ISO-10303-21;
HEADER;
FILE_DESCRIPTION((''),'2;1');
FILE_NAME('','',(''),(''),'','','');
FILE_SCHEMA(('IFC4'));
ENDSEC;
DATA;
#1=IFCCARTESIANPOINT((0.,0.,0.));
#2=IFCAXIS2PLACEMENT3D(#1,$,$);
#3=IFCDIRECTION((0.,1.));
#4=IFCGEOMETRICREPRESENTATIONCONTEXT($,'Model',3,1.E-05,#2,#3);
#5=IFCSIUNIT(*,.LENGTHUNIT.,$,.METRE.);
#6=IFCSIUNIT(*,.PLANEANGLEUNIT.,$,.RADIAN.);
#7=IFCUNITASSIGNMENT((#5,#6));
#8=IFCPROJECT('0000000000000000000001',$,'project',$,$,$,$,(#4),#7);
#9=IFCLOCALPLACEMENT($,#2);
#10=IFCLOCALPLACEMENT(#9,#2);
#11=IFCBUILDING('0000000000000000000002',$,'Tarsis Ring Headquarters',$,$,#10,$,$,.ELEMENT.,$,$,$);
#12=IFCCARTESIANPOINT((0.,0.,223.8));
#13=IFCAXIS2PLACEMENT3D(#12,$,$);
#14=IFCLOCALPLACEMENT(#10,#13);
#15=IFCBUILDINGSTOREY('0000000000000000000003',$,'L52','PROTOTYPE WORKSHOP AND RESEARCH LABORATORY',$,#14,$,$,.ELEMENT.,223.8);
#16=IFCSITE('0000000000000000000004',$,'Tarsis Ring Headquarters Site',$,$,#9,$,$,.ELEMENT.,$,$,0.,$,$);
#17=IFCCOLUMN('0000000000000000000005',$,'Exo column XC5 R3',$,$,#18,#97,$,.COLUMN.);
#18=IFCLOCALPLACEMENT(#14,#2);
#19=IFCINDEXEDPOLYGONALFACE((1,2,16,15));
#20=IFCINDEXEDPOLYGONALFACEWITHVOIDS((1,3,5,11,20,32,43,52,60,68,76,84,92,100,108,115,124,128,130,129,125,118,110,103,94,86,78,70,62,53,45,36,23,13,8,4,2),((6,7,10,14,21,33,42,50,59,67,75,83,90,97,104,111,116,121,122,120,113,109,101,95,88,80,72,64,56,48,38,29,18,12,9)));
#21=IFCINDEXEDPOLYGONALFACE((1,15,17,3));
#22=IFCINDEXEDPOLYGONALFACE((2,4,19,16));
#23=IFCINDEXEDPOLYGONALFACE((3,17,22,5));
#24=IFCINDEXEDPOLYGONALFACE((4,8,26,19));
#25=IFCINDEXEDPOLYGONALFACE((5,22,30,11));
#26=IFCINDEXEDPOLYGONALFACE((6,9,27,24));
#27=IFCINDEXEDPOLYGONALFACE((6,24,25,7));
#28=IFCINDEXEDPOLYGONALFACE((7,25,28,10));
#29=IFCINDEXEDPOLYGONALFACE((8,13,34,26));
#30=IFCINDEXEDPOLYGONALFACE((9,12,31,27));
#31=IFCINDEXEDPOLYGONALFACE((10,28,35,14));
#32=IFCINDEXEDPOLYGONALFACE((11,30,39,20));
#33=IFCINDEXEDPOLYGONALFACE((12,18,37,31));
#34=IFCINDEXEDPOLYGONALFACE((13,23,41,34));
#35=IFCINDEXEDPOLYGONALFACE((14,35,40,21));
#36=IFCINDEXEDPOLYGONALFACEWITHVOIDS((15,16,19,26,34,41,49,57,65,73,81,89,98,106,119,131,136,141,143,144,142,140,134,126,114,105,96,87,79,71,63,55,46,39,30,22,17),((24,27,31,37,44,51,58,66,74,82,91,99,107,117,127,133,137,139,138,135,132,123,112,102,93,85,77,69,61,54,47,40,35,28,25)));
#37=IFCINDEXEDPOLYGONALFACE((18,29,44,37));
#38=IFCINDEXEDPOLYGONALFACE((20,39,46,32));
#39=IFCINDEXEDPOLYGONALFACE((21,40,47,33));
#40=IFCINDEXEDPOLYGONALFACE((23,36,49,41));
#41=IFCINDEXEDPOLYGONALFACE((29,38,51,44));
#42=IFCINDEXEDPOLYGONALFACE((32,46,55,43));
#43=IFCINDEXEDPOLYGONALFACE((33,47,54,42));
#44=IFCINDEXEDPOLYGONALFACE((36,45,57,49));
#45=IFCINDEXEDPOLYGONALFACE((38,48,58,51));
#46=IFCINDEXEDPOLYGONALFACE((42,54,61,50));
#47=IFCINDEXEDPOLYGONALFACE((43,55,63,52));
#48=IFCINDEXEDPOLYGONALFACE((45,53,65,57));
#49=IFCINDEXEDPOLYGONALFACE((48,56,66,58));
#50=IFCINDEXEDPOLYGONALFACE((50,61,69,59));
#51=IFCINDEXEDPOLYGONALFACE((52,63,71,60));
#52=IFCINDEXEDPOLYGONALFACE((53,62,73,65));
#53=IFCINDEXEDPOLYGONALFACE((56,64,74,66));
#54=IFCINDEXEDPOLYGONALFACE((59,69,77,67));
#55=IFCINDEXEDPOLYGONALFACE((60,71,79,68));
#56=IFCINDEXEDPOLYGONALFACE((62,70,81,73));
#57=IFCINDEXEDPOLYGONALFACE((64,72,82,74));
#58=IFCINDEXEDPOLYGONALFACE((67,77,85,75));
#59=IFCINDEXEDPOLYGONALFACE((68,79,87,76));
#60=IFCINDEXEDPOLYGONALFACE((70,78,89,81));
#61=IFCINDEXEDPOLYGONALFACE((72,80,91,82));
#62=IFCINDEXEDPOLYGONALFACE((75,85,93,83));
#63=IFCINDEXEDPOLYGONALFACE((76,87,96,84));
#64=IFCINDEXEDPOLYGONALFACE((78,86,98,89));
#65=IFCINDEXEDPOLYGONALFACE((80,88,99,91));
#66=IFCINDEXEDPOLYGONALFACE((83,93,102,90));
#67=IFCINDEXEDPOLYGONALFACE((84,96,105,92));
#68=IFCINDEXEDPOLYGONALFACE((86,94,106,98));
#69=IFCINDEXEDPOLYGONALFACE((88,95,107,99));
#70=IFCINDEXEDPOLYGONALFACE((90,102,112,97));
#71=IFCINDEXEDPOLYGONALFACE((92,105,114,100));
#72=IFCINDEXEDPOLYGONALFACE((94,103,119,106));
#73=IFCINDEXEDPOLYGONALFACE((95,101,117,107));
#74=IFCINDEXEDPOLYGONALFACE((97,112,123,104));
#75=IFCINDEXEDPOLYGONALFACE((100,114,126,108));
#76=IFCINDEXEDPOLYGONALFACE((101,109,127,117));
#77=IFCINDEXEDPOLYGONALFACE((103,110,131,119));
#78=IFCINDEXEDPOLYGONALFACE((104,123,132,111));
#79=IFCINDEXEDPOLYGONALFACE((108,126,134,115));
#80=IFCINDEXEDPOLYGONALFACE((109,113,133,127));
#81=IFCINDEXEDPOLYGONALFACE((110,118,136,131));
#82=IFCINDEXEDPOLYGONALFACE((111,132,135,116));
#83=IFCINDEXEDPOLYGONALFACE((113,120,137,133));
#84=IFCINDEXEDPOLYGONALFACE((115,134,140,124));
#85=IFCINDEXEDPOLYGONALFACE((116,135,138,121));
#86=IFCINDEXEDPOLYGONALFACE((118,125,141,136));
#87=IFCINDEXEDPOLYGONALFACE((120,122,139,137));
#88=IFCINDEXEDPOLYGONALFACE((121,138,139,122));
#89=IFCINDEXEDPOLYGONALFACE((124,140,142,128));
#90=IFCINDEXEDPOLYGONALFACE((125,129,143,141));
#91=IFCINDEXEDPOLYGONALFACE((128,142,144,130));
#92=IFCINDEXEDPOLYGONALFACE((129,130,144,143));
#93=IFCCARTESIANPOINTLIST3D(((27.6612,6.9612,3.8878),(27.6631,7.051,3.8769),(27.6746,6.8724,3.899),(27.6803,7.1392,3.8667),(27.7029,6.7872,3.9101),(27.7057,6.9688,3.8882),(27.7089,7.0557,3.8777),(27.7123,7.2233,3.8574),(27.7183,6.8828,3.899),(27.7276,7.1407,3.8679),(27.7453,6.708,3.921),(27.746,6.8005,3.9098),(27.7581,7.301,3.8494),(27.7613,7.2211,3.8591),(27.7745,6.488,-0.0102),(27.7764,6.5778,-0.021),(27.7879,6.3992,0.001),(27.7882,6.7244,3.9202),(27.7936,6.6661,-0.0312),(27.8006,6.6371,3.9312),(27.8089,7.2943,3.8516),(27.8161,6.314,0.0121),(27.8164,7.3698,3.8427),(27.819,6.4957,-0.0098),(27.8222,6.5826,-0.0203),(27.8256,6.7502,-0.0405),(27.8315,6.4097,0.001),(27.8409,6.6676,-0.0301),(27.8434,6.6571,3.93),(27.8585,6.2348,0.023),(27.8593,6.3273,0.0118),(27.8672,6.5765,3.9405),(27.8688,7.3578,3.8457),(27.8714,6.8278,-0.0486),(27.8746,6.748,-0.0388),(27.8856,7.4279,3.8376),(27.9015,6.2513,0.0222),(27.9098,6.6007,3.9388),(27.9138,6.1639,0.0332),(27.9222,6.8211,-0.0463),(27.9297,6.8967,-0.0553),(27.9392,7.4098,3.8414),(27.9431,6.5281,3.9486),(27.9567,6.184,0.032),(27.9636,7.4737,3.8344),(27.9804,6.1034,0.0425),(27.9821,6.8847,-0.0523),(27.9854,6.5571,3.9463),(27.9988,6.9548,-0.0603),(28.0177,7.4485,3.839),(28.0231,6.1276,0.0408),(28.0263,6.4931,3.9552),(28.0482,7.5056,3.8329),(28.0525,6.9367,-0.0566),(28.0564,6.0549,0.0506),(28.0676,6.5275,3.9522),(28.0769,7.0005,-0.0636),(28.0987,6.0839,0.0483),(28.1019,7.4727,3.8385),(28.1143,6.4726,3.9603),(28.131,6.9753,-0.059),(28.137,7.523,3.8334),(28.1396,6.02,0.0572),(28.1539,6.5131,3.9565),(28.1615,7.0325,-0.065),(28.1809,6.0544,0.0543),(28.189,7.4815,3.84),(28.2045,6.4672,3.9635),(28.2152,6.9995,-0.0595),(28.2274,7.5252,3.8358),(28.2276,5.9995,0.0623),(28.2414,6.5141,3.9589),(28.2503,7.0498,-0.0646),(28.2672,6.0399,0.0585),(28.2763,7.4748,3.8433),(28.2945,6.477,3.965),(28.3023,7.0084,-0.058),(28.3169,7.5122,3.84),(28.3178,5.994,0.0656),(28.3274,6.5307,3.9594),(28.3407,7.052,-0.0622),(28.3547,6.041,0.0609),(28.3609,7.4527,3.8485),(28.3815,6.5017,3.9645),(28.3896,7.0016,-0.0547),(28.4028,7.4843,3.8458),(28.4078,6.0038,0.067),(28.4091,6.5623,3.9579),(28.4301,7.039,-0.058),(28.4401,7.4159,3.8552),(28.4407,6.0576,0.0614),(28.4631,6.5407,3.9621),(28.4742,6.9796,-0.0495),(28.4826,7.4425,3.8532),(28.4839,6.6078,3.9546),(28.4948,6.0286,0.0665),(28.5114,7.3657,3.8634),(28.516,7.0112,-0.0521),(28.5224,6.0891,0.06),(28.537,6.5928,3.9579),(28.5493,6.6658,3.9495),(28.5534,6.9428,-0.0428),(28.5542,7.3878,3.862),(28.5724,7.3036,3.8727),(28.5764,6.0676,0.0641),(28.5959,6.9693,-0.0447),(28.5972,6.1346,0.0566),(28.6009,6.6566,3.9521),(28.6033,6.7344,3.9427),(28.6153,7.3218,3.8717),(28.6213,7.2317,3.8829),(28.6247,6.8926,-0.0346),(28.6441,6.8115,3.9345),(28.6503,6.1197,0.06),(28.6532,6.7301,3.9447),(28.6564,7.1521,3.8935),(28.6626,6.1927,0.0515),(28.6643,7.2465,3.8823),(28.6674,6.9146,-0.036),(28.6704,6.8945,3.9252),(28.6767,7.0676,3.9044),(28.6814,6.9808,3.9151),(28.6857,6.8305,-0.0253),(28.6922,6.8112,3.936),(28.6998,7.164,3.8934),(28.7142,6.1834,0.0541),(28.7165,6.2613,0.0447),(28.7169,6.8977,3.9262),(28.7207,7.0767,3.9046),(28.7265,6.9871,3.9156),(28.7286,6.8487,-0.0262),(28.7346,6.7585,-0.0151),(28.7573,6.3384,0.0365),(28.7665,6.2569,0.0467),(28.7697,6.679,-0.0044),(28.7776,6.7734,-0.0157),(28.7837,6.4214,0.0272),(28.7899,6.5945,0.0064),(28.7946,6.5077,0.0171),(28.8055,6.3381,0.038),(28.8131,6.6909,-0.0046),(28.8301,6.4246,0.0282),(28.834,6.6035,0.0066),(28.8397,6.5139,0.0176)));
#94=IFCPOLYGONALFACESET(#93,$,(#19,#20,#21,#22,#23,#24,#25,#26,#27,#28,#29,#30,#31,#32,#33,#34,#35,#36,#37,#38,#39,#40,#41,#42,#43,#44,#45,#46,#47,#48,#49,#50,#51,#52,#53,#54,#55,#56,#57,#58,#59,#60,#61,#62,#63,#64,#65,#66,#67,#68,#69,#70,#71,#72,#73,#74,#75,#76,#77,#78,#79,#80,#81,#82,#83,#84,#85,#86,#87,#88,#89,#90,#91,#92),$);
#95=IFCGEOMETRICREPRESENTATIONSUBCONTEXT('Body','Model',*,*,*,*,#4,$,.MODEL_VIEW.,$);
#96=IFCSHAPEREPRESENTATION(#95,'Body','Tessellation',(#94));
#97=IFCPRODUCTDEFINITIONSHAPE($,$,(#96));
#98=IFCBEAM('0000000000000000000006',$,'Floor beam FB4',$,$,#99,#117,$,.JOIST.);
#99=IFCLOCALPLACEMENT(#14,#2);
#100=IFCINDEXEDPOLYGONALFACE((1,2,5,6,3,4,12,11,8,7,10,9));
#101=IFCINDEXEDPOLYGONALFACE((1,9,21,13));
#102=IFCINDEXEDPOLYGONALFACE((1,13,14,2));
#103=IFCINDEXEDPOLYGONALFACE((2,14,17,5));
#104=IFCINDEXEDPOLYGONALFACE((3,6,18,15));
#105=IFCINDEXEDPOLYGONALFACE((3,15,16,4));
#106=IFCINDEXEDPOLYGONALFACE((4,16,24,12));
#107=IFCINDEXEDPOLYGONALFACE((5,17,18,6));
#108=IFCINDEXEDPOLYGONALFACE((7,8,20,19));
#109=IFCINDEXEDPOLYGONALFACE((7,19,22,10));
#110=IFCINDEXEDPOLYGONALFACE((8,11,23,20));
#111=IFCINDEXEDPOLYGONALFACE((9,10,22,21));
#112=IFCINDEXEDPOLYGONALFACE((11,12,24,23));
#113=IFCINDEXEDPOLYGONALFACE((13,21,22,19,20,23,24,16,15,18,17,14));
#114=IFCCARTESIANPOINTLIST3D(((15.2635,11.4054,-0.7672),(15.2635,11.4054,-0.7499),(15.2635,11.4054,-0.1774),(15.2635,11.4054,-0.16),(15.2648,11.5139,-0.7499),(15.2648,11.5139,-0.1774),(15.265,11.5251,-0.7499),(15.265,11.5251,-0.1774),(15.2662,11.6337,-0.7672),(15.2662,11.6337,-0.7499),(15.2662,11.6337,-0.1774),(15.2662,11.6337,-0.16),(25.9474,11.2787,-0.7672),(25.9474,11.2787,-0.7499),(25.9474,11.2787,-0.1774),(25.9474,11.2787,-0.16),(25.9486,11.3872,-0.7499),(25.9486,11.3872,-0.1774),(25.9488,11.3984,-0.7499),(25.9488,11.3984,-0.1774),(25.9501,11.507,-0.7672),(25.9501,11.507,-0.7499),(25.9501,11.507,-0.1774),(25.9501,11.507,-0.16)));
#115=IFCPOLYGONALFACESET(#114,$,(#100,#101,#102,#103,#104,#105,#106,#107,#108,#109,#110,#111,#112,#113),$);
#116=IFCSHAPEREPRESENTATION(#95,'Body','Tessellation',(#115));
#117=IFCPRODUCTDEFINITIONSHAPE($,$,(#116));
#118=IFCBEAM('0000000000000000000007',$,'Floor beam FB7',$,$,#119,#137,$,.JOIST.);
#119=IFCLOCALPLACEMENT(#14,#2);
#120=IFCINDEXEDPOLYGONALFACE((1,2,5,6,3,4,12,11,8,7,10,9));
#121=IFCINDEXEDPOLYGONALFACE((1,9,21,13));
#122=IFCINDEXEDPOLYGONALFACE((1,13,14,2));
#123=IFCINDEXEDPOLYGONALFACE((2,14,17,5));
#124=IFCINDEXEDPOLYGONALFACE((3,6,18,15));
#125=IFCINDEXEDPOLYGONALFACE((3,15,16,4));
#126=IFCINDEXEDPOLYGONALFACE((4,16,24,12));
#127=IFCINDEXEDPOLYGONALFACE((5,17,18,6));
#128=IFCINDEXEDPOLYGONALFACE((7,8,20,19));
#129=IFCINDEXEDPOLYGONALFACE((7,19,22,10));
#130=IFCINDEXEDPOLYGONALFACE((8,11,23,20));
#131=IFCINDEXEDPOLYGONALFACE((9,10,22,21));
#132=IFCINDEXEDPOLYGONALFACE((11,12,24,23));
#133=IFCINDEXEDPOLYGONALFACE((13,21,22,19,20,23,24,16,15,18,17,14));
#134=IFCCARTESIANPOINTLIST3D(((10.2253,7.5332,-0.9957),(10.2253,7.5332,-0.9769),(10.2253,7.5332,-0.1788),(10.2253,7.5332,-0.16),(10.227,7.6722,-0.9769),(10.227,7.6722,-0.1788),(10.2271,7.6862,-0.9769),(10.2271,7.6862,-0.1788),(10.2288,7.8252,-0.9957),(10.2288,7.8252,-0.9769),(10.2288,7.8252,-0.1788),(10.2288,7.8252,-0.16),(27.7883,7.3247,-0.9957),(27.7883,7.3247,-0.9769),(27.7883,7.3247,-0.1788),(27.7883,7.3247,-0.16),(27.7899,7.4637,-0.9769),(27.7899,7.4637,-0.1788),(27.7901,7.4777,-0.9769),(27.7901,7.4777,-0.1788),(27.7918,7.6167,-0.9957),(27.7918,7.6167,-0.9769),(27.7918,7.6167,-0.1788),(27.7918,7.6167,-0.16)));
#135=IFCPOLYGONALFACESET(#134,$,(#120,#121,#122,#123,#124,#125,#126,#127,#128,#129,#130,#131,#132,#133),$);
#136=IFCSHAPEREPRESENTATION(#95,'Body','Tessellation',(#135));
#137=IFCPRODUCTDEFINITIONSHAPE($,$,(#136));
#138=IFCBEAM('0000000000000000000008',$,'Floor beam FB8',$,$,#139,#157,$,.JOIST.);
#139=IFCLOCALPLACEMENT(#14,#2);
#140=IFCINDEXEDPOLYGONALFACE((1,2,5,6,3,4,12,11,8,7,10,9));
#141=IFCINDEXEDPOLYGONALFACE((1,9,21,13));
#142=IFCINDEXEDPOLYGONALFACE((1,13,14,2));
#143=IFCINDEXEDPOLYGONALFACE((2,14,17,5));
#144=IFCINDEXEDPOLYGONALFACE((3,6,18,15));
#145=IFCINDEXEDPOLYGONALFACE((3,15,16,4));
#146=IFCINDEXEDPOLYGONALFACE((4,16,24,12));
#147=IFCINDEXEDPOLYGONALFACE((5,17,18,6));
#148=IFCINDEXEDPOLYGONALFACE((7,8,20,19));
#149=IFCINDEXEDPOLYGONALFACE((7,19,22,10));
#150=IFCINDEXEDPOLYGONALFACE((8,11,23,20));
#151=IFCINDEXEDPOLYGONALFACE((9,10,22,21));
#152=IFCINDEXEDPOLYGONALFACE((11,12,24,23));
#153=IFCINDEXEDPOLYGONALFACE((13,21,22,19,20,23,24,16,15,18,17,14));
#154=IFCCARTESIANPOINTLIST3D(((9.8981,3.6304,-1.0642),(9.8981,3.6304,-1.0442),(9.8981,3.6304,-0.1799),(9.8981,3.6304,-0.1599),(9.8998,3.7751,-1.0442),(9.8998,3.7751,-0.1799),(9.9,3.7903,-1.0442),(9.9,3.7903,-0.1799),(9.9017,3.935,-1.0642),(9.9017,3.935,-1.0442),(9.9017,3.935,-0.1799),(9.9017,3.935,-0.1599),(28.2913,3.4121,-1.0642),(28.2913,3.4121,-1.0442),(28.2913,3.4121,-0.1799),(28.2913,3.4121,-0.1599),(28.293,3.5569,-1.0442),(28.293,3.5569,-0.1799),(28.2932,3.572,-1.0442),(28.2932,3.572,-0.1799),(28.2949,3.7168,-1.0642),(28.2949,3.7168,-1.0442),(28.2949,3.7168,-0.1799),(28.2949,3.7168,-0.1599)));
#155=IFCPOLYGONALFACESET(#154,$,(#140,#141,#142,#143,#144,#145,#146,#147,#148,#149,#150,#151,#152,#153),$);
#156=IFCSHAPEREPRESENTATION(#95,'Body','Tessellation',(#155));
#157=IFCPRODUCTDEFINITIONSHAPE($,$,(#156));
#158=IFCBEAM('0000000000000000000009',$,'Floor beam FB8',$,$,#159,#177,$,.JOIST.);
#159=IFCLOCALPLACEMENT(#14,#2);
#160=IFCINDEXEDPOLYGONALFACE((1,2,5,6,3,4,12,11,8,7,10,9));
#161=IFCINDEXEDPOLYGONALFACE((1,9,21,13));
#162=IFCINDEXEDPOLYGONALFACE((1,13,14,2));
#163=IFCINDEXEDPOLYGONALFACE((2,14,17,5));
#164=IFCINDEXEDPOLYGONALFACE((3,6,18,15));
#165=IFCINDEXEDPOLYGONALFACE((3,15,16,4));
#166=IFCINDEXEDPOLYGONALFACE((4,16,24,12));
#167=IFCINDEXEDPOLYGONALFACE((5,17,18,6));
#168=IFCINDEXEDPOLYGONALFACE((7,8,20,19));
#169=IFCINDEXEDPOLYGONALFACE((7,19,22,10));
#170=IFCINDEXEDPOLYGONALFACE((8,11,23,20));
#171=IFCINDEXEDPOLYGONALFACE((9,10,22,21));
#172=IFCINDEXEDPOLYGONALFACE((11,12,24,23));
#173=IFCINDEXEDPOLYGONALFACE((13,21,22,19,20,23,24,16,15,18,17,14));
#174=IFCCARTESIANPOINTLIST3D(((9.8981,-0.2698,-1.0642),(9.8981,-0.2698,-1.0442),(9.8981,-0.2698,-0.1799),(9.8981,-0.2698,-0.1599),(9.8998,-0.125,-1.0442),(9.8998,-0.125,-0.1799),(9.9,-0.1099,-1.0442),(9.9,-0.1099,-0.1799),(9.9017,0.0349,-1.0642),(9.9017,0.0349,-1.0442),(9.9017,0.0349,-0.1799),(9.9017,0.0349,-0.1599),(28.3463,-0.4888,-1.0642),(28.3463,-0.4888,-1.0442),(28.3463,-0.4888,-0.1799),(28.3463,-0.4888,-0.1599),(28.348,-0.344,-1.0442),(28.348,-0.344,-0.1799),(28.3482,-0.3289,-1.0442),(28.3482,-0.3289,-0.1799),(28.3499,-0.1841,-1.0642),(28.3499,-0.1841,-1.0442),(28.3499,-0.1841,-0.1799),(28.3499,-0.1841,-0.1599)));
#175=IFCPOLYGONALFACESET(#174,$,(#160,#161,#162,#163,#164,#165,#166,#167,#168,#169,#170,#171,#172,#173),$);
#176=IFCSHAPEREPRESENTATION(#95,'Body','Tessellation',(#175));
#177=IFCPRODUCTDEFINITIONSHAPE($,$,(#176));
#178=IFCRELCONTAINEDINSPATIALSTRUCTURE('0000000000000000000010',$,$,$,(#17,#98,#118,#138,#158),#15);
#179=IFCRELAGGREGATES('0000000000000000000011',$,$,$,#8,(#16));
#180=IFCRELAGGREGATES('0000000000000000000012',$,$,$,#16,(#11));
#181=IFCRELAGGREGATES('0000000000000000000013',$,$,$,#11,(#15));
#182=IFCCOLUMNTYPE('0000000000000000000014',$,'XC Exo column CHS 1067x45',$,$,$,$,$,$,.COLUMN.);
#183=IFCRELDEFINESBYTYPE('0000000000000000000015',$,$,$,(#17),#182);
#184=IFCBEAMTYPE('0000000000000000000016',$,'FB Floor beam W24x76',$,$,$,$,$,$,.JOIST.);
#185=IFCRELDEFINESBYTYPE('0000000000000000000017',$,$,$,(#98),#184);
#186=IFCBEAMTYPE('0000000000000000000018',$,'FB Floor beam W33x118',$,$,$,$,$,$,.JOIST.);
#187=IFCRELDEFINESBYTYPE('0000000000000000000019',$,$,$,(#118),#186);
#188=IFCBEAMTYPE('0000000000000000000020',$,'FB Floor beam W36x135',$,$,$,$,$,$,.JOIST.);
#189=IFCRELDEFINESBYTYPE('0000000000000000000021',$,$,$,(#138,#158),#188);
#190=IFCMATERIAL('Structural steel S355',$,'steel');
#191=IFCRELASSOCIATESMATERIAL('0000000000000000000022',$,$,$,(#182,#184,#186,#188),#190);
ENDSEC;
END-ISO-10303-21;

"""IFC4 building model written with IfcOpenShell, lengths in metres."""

from ifc_helpers import new_model, si_unit, direction, frame, origin, origin_2d, place, context, subcontext, project, spatial, hollow_circle, i_section, extrude, material, material_profile, profile_set, type_object, element, save


model = new_model("IFC4")

# Units and contexts
model_context = context("Model", 3, precision=1e-05, world=origin(), true_north=direction((0.0, 1.0)))
body_context = subcontext(model_context, "Body", "Model", "MODEL_VIEW")
ifc_project = project(units=[si_unit("LENGTHUNIT", "METRE"), si_unit("PLANEANGLEUNIT", "RADIAN")], contexts=[model_context])

# Site, building, storey
site_placement = place(None, origin())
site = spatial("IfcSite", under=ifc_project, at=site_placement, Name="Tarsis Ring Headquarters Site", CompositionType="ELEMENT", RefElevation=0.0)
building_placement = place(site_placement, origin())
building = spatial("IfcBuilding", under=site, at=building_placement, Name="Tarsis Ring Headquarters", CompositionType="ELEMENT")
storey_placement = place(building_placement, frame((0.0, 0.0, 223.8)))
storey = spatial("IfcBuildingStorey", under=building, at=storey_placement, Name="L52", Description="PROTOTYPE WORKSHOP AND RESEARCH LABORATORY", CompositionType="ELEMENT", Elevation=223.8)

# Column
ifc_material_1 = material(Name="Structural steel S355", Category="steel")
ifc_material_profile_1 = material_profile(ifc_material_1, hollow_circle(Radius=0.5334, WallThickness=0.0449, at=origin_2d()), Name="CHS 1067x45")
ifc_profile_set_1 = profile_set([ifc_material_profile_1], Name="Structural steel S355")
column_type = type_object("IfcColumnType", Name="XC Exo column CHS 1067x45", PredefinedType="COLUMN", material=ifc_profile_set_1)
column_placement = place(storey_placement, frame((28.3066, 6.5234, 0.001), z_axis=(-0.028838, 0.120448, 0.992301), x_axis=(-0.972515, -0.232841, 0.0)))
element("IfcColumn", 1, at=column_placement, inside=storey, type_object=column_type, Name="Exo column XC5 R3", PredefinedType="COLUMN", context=body_context, shape_type="SweptSolid", body=[
    extrude(hollow_circle(Radius=0.5334, WallThickness=0.0449, at=origin_2d()), origin(), (0.0, 0.0, 1.0), 3.9282),
])

# Beams
ifc_material_profile_2 = material_profile(ifc_material_1, i_section(OverallWidth=0.2283, OverallDepth=0.6072, WebThickness=0.0112, FlangeThickness=0.0173, at=origin_2d()), Name="W24x76")
ifc_profile_set_2 = profile_set([ifc_material_profile_2], Name="Structural steel S355")
beam_type_1 = type_object("IfcBeamType", Name="FB Floor beam W24x76", PredefinedType="JOIST", material=ifc_profile_set_2)
beam_1_placement = place(storey_placement, frame((15.2649, 11.5195, -0.4636), z_axis=(0.99993, -0.011859, 0.0), x_axis=(0.011859, 0.99993, 0.0)))
element("IfcBeam", 2, at=beam_1_placement, inside=storey, type_object=beam_type_1, Name="Floor beam FB4", PredefinedType="JOIST", context=body_context, shape_type="SweptSolid", body=[
    extrude(i_section(OverallWidth=0.2283, OverallDepth=0.6072, WebThickness=0.0112, FlangeThickness=0.0173, at=origin_2d()), origin(), (0.0, 0.0, 1.0), 10.6846),
])
ifc_material_profile_3 = material_profile(ifc_material_1, i_section(OverallWidth=0.292, OverallDepth=0.8357, WebThickness=0.0139, FlangeThickness=0.0188, at=origin_2d()), Name="W33x118")
ifc_profile_set_3 = profile_set([ifc_material_profile_3], Name="Structural steel S355")
beam_type_2 = type_object("IfcBeamType", Name="FB Floor beam W33x118", PredefinedType="JOIST", material=ifc_profile_set_3)
beam_2_placement = place(storey_placement, frame((10.2271, 7.6792, -0.5779), z_axis=(0.99993, -0.01187, 0.0), x_axis=(0.01187, 0.99993, 0.0)))
element("IfcBeam", 3, at=beam_2_placement, inside=storey, type_object=beam_type_2, Name="Floor beam FB7", PredefinedType="JOIST", context=body_context, shape_type="SweptSolid", body=[
    extrude(i_section(OverallWidth=0.292, OverallDepth=0.8357, WebThickness=0.0139, FlangeThickness=0.0188, at=origin_2d()), origin(), (0.0, 0.0, 1.0), 17.5642),
])
ifc_material_profile_4 = material_profile(ifc_material_1, i_section(OverallWidth=0.3047, OverallDepth=0.9043, WebThickness=0.0151, FlangeThickness=0.02, at=origin_2d()), Name="W36x135")
ifc_profile_set_4 = profile_set([ifc_material_profile_4], Name="Structural steel S355")
beam_type_3 = type_object("IfcBeamType", Name="FB Floor beam W36x135", PredefinedType="JOIST", material=ifc_profile_set_4)
beam_3_placement = place(storey_placement, frame((9.8999, 3.7827, -0.6121), z_axis=(0.99993, -0.011866, 0.0), x_axis=(0.011866, 0.99993, 0.0)))
element("IfcBeam", 4, at=beam_3_placement, inside=storey, type_object=beam_type_3, Name="Floor beam FB8", PredefinedType="JOIST", context=body_context, shape_type="SweptSolid", body=[
    extrude(i_section(OverallWidth=0.3047, OverallDepth=0.9043, WebThickness=0.0151, FlangeThickness=0.02, at=origin_2d()), origin(), (0.0, 0.0, 1.0), 18.3945),
])
beam_4_placement = place(storey_placement, frame((9.8999, -0.1174, -0.6121), z_axis=(0.99993, -0.01187, 0.0), x_axis=(0.01187, 0.99993, 0.0)))
element("IfcBeam", 5, at=beam_4_placement, inside=storey, type_object=beam_type_3, Name="Floor beam FB8", PredefinedType="JOIST", context=body_context, shape_type="SweptSolid", body=[
    extrude(i_section(OverallWidth=0.3047, OverallDepth=0.9043, WebThickness=0.0151, FlangeThickness=0.02, at=origin_2d()), origin(), (0.0, 0.0, 1.0), 18.4495),
])

save(model, "model.ifc")
